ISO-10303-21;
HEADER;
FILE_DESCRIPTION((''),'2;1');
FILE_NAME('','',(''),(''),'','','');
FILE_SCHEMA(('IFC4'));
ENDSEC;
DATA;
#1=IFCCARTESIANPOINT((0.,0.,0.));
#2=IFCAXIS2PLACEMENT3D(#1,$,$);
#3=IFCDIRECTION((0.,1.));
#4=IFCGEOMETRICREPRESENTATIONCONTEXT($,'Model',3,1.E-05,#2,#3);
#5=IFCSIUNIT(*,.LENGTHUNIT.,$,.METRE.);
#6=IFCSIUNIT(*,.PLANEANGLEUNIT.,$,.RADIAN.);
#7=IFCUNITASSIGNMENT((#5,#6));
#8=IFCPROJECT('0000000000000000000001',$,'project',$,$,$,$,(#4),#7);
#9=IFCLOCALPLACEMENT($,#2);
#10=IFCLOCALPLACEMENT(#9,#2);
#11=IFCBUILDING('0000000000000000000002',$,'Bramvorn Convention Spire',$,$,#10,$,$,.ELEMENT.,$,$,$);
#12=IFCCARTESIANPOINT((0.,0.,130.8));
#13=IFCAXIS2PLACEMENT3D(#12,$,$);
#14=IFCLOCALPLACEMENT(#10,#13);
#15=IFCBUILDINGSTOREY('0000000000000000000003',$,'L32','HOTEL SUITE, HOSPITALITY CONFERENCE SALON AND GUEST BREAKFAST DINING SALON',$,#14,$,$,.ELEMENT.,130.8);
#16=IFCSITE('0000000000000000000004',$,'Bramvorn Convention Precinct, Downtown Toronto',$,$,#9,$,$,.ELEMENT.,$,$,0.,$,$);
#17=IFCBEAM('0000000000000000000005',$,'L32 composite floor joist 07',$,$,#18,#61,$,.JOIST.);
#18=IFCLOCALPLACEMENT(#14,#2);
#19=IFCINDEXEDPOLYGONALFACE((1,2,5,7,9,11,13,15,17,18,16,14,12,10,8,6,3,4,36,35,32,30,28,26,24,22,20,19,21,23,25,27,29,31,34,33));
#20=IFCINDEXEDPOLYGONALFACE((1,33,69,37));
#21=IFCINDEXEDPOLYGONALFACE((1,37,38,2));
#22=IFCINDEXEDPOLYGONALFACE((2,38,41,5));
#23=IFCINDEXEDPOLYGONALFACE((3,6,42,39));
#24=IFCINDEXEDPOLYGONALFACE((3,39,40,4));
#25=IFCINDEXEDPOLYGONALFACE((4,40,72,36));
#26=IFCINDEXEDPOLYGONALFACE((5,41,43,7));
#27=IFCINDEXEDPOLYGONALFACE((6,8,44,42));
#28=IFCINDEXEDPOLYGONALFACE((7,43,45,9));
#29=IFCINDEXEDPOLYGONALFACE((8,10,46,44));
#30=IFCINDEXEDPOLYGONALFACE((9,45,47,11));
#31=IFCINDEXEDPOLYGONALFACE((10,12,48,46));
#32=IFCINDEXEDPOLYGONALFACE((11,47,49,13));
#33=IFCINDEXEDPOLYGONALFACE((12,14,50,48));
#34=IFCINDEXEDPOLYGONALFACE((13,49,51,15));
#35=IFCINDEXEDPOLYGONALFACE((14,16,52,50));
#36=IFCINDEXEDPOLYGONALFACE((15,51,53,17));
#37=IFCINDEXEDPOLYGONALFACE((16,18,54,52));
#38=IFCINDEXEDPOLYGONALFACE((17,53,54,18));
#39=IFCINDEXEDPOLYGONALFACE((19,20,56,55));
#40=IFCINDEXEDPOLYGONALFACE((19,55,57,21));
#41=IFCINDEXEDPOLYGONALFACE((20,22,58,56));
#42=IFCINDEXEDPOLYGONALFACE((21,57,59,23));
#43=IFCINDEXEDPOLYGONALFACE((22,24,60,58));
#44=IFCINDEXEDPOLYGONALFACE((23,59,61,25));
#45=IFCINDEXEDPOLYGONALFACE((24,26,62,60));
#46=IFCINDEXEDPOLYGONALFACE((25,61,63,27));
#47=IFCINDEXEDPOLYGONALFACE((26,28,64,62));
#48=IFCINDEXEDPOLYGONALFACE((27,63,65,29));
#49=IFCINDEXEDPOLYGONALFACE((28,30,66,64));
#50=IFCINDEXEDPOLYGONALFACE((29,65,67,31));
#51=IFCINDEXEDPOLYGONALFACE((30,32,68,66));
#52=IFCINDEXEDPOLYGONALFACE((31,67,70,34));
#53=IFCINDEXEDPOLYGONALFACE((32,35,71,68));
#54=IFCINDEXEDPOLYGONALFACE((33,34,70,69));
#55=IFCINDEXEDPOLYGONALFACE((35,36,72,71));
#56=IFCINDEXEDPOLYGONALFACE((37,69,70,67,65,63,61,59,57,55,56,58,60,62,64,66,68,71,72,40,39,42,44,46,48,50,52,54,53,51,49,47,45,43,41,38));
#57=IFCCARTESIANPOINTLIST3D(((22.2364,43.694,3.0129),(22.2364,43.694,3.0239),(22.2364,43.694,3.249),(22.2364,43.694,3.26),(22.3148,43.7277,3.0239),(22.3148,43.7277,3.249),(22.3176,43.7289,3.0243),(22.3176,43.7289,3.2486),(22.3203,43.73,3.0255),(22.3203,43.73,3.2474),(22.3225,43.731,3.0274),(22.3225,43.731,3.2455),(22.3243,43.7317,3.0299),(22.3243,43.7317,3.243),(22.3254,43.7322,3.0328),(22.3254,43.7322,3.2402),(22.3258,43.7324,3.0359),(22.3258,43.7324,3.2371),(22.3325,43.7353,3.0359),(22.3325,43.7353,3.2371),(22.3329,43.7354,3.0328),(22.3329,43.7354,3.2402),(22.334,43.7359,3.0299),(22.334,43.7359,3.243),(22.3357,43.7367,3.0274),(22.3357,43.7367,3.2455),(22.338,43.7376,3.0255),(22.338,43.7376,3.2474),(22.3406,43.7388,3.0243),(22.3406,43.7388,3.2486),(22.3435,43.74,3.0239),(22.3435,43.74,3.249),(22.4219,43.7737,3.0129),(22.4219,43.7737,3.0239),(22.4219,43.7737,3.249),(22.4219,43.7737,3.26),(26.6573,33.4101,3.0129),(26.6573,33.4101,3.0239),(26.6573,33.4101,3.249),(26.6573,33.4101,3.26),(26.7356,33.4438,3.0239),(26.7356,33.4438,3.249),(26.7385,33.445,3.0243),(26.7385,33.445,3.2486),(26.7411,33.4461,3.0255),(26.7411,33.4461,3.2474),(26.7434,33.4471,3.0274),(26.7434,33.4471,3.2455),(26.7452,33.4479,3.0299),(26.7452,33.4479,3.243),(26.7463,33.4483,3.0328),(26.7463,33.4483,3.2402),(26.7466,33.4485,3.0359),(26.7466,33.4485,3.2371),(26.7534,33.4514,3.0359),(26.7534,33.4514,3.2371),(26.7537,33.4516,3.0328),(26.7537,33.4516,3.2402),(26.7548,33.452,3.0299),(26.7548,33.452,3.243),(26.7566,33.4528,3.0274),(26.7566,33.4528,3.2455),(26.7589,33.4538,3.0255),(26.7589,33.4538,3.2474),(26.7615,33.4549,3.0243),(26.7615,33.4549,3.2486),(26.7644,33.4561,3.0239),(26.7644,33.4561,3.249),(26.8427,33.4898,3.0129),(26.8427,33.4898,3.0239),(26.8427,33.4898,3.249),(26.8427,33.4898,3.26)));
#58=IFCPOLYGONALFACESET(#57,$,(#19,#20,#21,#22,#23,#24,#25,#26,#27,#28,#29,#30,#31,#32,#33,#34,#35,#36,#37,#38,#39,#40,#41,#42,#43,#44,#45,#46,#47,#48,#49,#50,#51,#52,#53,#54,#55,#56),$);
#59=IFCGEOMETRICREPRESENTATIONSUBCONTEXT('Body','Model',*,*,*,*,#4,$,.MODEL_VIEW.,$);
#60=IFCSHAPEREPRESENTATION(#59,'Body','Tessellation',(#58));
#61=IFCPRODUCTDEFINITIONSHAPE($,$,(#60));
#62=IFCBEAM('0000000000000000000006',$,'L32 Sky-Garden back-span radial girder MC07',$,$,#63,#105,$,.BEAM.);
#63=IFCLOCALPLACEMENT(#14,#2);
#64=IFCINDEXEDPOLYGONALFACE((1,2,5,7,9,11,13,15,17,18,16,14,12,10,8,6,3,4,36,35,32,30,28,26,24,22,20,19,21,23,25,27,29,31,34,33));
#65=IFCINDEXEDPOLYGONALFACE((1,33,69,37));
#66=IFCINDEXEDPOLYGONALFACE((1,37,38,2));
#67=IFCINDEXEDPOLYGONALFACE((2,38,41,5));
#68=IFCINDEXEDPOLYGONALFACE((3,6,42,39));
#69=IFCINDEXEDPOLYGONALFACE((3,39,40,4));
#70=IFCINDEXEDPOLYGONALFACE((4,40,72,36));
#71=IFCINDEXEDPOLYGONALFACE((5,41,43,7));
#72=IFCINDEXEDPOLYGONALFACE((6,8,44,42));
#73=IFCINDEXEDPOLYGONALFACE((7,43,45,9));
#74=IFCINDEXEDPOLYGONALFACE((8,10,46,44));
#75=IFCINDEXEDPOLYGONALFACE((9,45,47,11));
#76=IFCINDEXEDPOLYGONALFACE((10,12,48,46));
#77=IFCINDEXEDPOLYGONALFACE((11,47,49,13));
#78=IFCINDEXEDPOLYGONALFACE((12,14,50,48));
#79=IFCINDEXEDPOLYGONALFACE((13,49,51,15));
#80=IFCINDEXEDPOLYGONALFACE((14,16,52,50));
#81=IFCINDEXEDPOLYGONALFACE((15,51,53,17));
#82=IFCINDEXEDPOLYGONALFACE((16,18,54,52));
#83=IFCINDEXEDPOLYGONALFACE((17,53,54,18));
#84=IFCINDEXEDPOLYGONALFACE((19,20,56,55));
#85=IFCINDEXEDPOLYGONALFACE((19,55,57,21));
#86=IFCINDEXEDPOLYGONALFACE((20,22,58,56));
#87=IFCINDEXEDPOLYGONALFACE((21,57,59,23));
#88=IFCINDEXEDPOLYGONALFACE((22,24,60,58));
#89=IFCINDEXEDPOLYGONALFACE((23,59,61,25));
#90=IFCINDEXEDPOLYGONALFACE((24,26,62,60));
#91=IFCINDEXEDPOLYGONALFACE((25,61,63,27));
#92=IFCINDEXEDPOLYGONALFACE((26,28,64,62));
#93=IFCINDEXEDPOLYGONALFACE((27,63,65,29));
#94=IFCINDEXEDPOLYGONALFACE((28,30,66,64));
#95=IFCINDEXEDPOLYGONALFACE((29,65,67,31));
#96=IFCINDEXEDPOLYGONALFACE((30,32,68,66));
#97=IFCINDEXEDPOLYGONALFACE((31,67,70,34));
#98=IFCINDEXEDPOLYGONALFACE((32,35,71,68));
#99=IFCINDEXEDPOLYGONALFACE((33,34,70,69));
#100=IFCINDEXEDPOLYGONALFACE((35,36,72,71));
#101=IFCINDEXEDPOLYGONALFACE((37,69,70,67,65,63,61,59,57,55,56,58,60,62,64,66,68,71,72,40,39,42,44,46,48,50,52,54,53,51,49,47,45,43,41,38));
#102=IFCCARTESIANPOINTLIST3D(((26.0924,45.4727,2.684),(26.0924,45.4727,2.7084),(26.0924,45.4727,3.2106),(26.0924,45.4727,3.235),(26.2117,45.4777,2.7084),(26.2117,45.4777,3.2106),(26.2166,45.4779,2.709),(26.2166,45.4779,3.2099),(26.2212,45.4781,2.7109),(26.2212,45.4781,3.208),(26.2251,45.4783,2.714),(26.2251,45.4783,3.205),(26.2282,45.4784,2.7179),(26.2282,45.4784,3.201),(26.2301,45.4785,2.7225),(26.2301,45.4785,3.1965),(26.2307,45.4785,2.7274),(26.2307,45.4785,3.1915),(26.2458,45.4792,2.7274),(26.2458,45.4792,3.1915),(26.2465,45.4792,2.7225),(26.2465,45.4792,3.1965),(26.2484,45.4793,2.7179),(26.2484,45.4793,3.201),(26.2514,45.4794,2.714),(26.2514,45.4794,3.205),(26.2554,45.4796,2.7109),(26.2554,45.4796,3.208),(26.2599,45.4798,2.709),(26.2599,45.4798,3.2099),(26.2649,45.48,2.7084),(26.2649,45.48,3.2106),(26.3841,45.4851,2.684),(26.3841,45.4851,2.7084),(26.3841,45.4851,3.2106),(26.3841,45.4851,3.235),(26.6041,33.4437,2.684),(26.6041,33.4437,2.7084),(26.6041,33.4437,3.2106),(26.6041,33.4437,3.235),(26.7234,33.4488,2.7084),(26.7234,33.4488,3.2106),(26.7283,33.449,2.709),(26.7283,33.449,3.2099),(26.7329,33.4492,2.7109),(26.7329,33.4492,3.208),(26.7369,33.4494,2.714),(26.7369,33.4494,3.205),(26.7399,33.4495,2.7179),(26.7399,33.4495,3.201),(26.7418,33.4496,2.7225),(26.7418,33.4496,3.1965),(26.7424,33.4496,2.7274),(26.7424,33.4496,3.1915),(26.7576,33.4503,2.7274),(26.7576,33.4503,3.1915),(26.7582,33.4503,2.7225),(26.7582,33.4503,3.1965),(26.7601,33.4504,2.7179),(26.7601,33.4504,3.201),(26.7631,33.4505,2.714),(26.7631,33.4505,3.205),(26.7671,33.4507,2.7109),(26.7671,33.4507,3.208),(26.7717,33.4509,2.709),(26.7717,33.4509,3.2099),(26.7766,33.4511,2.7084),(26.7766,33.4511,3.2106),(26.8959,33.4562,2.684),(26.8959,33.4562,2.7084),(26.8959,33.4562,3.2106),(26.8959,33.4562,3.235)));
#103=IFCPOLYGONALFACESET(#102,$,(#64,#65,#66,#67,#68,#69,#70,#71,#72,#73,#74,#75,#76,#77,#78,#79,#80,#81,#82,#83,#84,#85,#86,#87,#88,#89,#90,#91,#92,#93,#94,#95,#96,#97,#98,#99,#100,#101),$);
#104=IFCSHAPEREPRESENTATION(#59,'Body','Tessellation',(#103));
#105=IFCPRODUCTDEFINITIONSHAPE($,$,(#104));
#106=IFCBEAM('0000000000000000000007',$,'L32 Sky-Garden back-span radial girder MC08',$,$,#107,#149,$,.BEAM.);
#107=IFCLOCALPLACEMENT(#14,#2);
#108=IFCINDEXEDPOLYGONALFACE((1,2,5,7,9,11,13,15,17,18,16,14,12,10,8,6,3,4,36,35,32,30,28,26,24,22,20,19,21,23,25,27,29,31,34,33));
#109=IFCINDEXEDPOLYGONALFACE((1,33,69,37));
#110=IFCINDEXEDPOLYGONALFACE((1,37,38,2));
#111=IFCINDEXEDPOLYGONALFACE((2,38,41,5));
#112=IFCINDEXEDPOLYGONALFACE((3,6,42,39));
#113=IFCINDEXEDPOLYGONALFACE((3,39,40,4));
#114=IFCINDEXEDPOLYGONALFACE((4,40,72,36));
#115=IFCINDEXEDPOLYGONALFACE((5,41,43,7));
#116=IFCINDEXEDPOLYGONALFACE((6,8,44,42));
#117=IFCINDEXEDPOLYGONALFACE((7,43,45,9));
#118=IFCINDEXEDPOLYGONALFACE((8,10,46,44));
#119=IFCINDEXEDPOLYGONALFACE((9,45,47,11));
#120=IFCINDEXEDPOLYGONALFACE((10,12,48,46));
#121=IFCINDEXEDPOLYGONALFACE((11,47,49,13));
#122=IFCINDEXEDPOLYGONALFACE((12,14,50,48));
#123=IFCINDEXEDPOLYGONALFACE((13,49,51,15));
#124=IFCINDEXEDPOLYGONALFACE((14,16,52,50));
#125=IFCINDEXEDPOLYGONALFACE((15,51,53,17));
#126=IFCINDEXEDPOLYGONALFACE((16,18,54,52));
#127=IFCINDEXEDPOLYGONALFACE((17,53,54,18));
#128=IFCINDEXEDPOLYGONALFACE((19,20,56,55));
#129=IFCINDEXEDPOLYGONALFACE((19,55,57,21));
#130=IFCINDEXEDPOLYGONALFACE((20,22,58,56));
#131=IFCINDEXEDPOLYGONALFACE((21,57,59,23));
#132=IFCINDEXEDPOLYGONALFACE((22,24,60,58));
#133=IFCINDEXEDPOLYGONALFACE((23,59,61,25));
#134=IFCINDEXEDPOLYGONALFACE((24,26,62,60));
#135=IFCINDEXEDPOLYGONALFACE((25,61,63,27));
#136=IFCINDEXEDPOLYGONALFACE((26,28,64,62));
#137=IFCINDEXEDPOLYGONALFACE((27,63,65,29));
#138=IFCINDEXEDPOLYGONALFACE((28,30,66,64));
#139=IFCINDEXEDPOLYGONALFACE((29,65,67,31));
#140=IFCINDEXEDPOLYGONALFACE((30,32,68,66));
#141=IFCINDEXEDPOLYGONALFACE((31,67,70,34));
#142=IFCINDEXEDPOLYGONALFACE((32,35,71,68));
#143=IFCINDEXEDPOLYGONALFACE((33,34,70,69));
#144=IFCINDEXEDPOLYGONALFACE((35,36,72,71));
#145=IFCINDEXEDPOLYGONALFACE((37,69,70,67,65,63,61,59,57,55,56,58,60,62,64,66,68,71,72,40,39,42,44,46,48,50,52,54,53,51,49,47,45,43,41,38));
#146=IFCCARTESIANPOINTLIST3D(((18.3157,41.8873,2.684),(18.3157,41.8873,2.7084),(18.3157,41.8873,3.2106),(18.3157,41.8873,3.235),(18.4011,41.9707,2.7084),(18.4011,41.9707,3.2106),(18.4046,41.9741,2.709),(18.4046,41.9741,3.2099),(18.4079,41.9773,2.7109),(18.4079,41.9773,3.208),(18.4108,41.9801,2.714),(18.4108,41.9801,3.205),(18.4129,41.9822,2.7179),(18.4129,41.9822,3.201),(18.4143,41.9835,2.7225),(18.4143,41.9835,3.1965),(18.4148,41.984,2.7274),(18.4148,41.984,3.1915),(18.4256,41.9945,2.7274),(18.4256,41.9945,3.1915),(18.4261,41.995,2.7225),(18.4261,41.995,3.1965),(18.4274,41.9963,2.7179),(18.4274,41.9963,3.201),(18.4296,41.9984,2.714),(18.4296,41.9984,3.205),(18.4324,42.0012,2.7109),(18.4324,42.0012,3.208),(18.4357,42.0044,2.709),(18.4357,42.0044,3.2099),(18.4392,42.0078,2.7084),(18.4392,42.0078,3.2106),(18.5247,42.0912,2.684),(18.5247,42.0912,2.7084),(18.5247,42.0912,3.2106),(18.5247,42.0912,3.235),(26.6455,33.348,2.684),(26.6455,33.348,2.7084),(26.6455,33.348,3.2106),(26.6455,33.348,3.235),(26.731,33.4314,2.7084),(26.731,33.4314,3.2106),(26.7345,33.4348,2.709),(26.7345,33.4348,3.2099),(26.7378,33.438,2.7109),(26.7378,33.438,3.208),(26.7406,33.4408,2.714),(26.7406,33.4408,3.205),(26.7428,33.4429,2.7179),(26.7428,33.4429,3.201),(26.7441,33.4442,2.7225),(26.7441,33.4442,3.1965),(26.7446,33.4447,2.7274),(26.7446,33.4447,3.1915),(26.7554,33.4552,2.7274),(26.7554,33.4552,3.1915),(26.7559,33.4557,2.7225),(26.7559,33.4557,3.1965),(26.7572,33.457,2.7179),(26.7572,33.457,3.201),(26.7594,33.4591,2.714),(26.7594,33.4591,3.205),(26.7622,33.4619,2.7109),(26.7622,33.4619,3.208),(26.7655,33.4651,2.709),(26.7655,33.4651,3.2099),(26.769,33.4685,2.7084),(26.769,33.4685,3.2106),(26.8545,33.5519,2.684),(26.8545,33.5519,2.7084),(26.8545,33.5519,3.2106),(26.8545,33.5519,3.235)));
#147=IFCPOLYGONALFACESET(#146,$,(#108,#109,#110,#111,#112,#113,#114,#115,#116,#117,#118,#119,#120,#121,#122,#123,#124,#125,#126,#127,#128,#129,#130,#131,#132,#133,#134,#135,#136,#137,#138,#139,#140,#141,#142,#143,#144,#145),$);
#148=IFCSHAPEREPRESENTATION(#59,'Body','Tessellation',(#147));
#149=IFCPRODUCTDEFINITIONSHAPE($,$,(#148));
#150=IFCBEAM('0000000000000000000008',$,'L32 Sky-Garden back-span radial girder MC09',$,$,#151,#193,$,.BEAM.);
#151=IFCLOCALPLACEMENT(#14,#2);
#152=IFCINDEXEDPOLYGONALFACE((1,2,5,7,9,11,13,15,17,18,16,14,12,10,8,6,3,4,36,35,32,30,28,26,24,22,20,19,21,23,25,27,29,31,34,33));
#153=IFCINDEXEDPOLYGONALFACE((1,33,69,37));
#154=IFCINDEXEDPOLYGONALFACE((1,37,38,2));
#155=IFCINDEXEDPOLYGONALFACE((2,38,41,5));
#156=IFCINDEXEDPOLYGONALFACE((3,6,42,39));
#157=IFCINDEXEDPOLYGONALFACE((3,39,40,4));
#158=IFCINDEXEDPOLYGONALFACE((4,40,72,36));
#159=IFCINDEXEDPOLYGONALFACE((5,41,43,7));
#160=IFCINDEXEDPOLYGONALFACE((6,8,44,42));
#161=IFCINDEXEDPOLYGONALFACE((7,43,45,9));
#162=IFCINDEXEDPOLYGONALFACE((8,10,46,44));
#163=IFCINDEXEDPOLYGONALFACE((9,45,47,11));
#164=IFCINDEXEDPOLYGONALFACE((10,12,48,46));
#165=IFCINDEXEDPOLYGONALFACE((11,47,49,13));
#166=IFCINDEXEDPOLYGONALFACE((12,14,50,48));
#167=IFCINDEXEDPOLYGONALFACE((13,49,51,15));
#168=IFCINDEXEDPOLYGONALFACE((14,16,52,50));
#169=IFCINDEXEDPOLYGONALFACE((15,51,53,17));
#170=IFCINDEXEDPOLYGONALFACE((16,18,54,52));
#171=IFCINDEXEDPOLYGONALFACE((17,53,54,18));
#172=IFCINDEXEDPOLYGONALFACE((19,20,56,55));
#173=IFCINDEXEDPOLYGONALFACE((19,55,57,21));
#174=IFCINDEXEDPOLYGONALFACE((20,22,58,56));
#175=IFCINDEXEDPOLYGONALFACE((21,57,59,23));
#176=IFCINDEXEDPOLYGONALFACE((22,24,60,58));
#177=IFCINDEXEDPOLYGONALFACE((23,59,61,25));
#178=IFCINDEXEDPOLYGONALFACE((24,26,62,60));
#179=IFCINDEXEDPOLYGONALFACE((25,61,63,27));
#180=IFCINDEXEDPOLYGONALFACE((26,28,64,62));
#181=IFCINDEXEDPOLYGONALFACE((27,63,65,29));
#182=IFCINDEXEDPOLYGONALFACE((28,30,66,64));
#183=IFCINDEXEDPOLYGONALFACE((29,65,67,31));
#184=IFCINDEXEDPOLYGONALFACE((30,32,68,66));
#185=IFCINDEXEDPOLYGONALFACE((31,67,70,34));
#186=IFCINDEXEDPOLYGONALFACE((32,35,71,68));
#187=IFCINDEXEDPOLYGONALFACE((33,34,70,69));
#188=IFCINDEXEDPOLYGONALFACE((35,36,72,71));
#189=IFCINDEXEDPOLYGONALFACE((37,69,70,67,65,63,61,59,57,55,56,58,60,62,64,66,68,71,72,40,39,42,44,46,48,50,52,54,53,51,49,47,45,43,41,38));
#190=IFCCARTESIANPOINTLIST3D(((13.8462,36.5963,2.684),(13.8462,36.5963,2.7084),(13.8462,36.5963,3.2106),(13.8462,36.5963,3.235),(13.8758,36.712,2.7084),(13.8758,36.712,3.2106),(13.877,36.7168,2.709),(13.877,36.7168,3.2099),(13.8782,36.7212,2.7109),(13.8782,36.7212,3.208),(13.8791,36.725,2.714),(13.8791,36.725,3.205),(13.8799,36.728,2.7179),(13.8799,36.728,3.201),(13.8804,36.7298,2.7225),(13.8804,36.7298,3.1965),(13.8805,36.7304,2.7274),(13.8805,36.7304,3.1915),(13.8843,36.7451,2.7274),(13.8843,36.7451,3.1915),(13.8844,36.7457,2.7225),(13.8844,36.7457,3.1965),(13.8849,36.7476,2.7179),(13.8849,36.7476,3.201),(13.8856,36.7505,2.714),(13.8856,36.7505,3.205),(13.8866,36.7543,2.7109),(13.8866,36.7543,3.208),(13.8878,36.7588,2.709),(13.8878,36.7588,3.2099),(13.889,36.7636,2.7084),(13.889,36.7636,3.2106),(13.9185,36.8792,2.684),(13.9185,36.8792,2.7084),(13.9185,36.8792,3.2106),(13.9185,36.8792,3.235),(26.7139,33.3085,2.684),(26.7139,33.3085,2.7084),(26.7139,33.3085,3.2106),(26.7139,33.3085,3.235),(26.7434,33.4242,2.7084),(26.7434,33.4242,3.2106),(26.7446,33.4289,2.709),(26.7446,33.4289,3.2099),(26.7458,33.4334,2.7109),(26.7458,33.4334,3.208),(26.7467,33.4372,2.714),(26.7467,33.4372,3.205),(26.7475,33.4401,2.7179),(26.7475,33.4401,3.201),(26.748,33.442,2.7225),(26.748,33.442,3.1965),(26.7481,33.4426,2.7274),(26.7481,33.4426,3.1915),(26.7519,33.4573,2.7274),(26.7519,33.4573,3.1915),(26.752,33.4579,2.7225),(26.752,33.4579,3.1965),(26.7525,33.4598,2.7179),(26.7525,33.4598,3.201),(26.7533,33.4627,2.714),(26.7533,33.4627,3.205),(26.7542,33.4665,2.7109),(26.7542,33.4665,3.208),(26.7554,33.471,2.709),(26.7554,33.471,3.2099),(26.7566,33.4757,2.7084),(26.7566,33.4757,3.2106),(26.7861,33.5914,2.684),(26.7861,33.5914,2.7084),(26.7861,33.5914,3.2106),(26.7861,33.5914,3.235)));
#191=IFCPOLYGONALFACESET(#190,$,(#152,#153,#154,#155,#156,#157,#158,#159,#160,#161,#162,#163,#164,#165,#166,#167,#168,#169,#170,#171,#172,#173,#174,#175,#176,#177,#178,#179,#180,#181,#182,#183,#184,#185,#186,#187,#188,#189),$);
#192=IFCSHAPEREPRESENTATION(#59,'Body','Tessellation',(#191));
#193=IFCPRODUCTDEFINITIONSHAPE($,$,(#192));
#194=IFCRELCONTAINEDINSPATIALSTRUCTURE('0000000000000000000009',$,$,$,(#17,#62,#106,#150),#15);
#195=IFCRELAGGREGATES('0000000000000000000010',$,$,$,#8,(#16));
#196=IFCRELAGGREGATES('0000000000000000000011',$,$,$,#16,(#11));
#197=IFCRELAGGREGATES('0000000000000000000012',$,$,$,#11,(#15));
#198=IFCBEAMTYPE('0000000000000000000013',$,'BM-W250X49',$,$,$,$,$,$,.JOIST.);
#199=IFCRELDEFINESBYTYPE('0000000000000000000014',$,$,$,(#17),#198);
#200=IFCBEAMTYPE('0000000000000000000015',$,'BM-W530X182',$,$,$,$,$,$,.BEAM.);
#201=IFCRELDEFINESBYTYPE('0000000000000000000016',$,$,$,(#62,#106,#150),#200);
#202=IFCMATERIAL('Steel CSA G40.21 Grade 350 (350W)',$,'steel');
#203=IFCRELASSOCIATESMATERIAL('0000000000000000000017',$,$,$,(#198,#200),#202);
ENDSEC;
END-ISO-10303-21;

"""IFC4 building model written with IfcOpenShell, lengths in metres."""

from ifc_helpers import new_model, si_unit, direction, frame, origin, origin_2d, place, context, subcontext, project, spatial, i_section, extrude, material, material_profile, profile_set, type_object, element, save


model = new_model("IFC4")

# Units and contexts
model_context = context("Model", 3, precision=1e-05, world=origin(), true_north=direction((0.0, 1.0)))
body_context = subcontext(model_context, "Body", "Model", "MODEL_VIEW")
ifc_project = project(units=[si_unit("LENGTHUNIT", "METRE"), si_unit("PLANEANGLEUNIT", "RADIAN")], contexts=[model_context])

# Site, building, storey
site_placement = place(None, origin())
site = spatial("IfcSite", under=ifc_project, at=site_placement, Name="Bramvorn Convention Precinct, Downtown Toronto", CompositionType="ELEMENT", RefElevation=0.0)
building_placement = place(site_placement, origin())
building = spatial("IfcBuilding", under=site, at=building_placement, Name="Bramvorn Convention Spire", CompositionType="ELEMENT")
storey_placement = place(building_placement, frame((0.0, 0.0, 130.8)))
storey = spatial("IfcBuildingStorey", under=building, at=storey_placement, Name="L32", Description="HOTEL SUITE, HOSPITALITY CONFERENCE SALON AND GUEST BREAKFAST DINING SALON", CompositionType="ELEMENT", Elevation=130.8)

# Beams
ifc_material_1 = material(Name="Steel CSA G40.21 Grade 350 (350W)", Category="steel")
ifc_material_profile_1 = material_profile(ifc_material_1, i_section(OverallWidth=0.2019, OverallDepth=0.2471, WebThickness=0.0073, FlangeThickness=0.011, FilletRadius=0.012, at=origin_2d()))
ifc_profile_set_1 = profile_set([ifc_material_profile_1], Name="Steel CSA G40.21 Grade 350 (350W) - W250X49")
beam_type_1 = type_object("IfcBeamType", Name="BM-W250X49", PredefinedType="JOIST", material=ifc_profile_set_1)
beam_1_placement = place(storey_placement, frame((26.75, 33.45, 3.1365), z_axis=(-0.394938, 0.918708, 0.0), x_axis=(-0.918708, -0.394938, 0.0)))
element("IfcBeam", 1, at=beam_1_placement, inside=storey, type_object=beam_type_1, Name="L32 composite floor joist 07", PredefinedType="JOIST", context=body_context, shape_type="SweptSolid", body=[
    extrude(i_section(OverallWidth=0.2019, OverallDepth=0.2471, WebThickness=0.0073, FlangeThickness=0.011, FilletRadius=0.012, at=origin_2d()), origin(), (0.0, 0.0, 1.0), 11.1938),
])
ifc_material_profile_2 = material_profile(ifc_material_1, i_section(OverallWidth=0.292, OverallDepth=0.551, WebThickness=0.0151, FlangeThickness=0.0244, FilletRadius=0.019, at=origin_2d()))
ifc_profile_set_2 = profile_set([ifc_material_profile_2], Name="Steel CSA G40.21 Grade 350 (350W) - W530X182")
beam_type_2 = type_object("IfcBeamType", Name="BM-W530X182", PredefinedType="BEAM", material=ifc_profile_set_2)
beam_2_placement = place(storey_placement, frame((26.75, 33.45, 2.9595), z_axis=(-0.042503, 0.999096, 0.0), x_axis=(-0.999096, -0.042503, 0.0)))
element("IfcBeam", 2, at=beam_2_placement, inside=storey, type_object=beam_type_2, Name="L32 Sky-Garden back-span radial girder MC07", PredefinedType="BEAM", context=body_context, shape_type="SweptSolid", body=[
    extrude(i_section(OverallWidth=0.292, OverallDepth=0.551, WebThickness=0.0151, FlangeThickness=0.0244, FilletRadius=0.019, at=origin_2d()), origin(), (0.0, 0.0, 1.0), 12.0398),
])
beam_3_placement = place(storey_placement, frame((26.75, 33.45, 2.9595), z_axis=(-0.698272, 0.715832, 0.0), x_axis=(-0.715832, -0.698272, 0.0)))
element("IfcBeam", 3, at=beam_3_placement, inside=storey, type_object=beam_type_2, Name="L32 Sky-Garden back-span radial girder MC08", PredefinedType="BEAM", context=body_context, shape_type="SweptSolid", body=[
    extrude(i_section(OverallWidth=0.292, OverallDepth=0.551, WebThickness=0.0151, FlangeThickness=0.0244, FilletRadius=0.019, at=origin_2d()), origin(), (0.0, 0.0, 1.0), 11.9292),
])
beam_4_placement = place(storey_placement, frame((26.75, 33.45, 2.9595), z_axis=(-0.968873, 0.247558, 0.0), x_axis=(-0.247558, -0.968873, 0.0)))
element("IfcBeam", 4, at=beam_4_placement, inside=storey, type_object=beam_type_2, Name="L32 Sky-Garden back-span radial girder MC09", PredefinedType="BEAM", context=body_context, shape_type="SweptSolid", body=[
    extrude(i_section(OverallWidth=0.292, OverallDepth=0.551, WebThickness=0.0151, FlangeThickness=0.0244, FilletRadius=0.019, at=origin_2d()), origin(), (0.0, 0.0, 1.0), 13.281),
])

save(model, "model.ifc")
